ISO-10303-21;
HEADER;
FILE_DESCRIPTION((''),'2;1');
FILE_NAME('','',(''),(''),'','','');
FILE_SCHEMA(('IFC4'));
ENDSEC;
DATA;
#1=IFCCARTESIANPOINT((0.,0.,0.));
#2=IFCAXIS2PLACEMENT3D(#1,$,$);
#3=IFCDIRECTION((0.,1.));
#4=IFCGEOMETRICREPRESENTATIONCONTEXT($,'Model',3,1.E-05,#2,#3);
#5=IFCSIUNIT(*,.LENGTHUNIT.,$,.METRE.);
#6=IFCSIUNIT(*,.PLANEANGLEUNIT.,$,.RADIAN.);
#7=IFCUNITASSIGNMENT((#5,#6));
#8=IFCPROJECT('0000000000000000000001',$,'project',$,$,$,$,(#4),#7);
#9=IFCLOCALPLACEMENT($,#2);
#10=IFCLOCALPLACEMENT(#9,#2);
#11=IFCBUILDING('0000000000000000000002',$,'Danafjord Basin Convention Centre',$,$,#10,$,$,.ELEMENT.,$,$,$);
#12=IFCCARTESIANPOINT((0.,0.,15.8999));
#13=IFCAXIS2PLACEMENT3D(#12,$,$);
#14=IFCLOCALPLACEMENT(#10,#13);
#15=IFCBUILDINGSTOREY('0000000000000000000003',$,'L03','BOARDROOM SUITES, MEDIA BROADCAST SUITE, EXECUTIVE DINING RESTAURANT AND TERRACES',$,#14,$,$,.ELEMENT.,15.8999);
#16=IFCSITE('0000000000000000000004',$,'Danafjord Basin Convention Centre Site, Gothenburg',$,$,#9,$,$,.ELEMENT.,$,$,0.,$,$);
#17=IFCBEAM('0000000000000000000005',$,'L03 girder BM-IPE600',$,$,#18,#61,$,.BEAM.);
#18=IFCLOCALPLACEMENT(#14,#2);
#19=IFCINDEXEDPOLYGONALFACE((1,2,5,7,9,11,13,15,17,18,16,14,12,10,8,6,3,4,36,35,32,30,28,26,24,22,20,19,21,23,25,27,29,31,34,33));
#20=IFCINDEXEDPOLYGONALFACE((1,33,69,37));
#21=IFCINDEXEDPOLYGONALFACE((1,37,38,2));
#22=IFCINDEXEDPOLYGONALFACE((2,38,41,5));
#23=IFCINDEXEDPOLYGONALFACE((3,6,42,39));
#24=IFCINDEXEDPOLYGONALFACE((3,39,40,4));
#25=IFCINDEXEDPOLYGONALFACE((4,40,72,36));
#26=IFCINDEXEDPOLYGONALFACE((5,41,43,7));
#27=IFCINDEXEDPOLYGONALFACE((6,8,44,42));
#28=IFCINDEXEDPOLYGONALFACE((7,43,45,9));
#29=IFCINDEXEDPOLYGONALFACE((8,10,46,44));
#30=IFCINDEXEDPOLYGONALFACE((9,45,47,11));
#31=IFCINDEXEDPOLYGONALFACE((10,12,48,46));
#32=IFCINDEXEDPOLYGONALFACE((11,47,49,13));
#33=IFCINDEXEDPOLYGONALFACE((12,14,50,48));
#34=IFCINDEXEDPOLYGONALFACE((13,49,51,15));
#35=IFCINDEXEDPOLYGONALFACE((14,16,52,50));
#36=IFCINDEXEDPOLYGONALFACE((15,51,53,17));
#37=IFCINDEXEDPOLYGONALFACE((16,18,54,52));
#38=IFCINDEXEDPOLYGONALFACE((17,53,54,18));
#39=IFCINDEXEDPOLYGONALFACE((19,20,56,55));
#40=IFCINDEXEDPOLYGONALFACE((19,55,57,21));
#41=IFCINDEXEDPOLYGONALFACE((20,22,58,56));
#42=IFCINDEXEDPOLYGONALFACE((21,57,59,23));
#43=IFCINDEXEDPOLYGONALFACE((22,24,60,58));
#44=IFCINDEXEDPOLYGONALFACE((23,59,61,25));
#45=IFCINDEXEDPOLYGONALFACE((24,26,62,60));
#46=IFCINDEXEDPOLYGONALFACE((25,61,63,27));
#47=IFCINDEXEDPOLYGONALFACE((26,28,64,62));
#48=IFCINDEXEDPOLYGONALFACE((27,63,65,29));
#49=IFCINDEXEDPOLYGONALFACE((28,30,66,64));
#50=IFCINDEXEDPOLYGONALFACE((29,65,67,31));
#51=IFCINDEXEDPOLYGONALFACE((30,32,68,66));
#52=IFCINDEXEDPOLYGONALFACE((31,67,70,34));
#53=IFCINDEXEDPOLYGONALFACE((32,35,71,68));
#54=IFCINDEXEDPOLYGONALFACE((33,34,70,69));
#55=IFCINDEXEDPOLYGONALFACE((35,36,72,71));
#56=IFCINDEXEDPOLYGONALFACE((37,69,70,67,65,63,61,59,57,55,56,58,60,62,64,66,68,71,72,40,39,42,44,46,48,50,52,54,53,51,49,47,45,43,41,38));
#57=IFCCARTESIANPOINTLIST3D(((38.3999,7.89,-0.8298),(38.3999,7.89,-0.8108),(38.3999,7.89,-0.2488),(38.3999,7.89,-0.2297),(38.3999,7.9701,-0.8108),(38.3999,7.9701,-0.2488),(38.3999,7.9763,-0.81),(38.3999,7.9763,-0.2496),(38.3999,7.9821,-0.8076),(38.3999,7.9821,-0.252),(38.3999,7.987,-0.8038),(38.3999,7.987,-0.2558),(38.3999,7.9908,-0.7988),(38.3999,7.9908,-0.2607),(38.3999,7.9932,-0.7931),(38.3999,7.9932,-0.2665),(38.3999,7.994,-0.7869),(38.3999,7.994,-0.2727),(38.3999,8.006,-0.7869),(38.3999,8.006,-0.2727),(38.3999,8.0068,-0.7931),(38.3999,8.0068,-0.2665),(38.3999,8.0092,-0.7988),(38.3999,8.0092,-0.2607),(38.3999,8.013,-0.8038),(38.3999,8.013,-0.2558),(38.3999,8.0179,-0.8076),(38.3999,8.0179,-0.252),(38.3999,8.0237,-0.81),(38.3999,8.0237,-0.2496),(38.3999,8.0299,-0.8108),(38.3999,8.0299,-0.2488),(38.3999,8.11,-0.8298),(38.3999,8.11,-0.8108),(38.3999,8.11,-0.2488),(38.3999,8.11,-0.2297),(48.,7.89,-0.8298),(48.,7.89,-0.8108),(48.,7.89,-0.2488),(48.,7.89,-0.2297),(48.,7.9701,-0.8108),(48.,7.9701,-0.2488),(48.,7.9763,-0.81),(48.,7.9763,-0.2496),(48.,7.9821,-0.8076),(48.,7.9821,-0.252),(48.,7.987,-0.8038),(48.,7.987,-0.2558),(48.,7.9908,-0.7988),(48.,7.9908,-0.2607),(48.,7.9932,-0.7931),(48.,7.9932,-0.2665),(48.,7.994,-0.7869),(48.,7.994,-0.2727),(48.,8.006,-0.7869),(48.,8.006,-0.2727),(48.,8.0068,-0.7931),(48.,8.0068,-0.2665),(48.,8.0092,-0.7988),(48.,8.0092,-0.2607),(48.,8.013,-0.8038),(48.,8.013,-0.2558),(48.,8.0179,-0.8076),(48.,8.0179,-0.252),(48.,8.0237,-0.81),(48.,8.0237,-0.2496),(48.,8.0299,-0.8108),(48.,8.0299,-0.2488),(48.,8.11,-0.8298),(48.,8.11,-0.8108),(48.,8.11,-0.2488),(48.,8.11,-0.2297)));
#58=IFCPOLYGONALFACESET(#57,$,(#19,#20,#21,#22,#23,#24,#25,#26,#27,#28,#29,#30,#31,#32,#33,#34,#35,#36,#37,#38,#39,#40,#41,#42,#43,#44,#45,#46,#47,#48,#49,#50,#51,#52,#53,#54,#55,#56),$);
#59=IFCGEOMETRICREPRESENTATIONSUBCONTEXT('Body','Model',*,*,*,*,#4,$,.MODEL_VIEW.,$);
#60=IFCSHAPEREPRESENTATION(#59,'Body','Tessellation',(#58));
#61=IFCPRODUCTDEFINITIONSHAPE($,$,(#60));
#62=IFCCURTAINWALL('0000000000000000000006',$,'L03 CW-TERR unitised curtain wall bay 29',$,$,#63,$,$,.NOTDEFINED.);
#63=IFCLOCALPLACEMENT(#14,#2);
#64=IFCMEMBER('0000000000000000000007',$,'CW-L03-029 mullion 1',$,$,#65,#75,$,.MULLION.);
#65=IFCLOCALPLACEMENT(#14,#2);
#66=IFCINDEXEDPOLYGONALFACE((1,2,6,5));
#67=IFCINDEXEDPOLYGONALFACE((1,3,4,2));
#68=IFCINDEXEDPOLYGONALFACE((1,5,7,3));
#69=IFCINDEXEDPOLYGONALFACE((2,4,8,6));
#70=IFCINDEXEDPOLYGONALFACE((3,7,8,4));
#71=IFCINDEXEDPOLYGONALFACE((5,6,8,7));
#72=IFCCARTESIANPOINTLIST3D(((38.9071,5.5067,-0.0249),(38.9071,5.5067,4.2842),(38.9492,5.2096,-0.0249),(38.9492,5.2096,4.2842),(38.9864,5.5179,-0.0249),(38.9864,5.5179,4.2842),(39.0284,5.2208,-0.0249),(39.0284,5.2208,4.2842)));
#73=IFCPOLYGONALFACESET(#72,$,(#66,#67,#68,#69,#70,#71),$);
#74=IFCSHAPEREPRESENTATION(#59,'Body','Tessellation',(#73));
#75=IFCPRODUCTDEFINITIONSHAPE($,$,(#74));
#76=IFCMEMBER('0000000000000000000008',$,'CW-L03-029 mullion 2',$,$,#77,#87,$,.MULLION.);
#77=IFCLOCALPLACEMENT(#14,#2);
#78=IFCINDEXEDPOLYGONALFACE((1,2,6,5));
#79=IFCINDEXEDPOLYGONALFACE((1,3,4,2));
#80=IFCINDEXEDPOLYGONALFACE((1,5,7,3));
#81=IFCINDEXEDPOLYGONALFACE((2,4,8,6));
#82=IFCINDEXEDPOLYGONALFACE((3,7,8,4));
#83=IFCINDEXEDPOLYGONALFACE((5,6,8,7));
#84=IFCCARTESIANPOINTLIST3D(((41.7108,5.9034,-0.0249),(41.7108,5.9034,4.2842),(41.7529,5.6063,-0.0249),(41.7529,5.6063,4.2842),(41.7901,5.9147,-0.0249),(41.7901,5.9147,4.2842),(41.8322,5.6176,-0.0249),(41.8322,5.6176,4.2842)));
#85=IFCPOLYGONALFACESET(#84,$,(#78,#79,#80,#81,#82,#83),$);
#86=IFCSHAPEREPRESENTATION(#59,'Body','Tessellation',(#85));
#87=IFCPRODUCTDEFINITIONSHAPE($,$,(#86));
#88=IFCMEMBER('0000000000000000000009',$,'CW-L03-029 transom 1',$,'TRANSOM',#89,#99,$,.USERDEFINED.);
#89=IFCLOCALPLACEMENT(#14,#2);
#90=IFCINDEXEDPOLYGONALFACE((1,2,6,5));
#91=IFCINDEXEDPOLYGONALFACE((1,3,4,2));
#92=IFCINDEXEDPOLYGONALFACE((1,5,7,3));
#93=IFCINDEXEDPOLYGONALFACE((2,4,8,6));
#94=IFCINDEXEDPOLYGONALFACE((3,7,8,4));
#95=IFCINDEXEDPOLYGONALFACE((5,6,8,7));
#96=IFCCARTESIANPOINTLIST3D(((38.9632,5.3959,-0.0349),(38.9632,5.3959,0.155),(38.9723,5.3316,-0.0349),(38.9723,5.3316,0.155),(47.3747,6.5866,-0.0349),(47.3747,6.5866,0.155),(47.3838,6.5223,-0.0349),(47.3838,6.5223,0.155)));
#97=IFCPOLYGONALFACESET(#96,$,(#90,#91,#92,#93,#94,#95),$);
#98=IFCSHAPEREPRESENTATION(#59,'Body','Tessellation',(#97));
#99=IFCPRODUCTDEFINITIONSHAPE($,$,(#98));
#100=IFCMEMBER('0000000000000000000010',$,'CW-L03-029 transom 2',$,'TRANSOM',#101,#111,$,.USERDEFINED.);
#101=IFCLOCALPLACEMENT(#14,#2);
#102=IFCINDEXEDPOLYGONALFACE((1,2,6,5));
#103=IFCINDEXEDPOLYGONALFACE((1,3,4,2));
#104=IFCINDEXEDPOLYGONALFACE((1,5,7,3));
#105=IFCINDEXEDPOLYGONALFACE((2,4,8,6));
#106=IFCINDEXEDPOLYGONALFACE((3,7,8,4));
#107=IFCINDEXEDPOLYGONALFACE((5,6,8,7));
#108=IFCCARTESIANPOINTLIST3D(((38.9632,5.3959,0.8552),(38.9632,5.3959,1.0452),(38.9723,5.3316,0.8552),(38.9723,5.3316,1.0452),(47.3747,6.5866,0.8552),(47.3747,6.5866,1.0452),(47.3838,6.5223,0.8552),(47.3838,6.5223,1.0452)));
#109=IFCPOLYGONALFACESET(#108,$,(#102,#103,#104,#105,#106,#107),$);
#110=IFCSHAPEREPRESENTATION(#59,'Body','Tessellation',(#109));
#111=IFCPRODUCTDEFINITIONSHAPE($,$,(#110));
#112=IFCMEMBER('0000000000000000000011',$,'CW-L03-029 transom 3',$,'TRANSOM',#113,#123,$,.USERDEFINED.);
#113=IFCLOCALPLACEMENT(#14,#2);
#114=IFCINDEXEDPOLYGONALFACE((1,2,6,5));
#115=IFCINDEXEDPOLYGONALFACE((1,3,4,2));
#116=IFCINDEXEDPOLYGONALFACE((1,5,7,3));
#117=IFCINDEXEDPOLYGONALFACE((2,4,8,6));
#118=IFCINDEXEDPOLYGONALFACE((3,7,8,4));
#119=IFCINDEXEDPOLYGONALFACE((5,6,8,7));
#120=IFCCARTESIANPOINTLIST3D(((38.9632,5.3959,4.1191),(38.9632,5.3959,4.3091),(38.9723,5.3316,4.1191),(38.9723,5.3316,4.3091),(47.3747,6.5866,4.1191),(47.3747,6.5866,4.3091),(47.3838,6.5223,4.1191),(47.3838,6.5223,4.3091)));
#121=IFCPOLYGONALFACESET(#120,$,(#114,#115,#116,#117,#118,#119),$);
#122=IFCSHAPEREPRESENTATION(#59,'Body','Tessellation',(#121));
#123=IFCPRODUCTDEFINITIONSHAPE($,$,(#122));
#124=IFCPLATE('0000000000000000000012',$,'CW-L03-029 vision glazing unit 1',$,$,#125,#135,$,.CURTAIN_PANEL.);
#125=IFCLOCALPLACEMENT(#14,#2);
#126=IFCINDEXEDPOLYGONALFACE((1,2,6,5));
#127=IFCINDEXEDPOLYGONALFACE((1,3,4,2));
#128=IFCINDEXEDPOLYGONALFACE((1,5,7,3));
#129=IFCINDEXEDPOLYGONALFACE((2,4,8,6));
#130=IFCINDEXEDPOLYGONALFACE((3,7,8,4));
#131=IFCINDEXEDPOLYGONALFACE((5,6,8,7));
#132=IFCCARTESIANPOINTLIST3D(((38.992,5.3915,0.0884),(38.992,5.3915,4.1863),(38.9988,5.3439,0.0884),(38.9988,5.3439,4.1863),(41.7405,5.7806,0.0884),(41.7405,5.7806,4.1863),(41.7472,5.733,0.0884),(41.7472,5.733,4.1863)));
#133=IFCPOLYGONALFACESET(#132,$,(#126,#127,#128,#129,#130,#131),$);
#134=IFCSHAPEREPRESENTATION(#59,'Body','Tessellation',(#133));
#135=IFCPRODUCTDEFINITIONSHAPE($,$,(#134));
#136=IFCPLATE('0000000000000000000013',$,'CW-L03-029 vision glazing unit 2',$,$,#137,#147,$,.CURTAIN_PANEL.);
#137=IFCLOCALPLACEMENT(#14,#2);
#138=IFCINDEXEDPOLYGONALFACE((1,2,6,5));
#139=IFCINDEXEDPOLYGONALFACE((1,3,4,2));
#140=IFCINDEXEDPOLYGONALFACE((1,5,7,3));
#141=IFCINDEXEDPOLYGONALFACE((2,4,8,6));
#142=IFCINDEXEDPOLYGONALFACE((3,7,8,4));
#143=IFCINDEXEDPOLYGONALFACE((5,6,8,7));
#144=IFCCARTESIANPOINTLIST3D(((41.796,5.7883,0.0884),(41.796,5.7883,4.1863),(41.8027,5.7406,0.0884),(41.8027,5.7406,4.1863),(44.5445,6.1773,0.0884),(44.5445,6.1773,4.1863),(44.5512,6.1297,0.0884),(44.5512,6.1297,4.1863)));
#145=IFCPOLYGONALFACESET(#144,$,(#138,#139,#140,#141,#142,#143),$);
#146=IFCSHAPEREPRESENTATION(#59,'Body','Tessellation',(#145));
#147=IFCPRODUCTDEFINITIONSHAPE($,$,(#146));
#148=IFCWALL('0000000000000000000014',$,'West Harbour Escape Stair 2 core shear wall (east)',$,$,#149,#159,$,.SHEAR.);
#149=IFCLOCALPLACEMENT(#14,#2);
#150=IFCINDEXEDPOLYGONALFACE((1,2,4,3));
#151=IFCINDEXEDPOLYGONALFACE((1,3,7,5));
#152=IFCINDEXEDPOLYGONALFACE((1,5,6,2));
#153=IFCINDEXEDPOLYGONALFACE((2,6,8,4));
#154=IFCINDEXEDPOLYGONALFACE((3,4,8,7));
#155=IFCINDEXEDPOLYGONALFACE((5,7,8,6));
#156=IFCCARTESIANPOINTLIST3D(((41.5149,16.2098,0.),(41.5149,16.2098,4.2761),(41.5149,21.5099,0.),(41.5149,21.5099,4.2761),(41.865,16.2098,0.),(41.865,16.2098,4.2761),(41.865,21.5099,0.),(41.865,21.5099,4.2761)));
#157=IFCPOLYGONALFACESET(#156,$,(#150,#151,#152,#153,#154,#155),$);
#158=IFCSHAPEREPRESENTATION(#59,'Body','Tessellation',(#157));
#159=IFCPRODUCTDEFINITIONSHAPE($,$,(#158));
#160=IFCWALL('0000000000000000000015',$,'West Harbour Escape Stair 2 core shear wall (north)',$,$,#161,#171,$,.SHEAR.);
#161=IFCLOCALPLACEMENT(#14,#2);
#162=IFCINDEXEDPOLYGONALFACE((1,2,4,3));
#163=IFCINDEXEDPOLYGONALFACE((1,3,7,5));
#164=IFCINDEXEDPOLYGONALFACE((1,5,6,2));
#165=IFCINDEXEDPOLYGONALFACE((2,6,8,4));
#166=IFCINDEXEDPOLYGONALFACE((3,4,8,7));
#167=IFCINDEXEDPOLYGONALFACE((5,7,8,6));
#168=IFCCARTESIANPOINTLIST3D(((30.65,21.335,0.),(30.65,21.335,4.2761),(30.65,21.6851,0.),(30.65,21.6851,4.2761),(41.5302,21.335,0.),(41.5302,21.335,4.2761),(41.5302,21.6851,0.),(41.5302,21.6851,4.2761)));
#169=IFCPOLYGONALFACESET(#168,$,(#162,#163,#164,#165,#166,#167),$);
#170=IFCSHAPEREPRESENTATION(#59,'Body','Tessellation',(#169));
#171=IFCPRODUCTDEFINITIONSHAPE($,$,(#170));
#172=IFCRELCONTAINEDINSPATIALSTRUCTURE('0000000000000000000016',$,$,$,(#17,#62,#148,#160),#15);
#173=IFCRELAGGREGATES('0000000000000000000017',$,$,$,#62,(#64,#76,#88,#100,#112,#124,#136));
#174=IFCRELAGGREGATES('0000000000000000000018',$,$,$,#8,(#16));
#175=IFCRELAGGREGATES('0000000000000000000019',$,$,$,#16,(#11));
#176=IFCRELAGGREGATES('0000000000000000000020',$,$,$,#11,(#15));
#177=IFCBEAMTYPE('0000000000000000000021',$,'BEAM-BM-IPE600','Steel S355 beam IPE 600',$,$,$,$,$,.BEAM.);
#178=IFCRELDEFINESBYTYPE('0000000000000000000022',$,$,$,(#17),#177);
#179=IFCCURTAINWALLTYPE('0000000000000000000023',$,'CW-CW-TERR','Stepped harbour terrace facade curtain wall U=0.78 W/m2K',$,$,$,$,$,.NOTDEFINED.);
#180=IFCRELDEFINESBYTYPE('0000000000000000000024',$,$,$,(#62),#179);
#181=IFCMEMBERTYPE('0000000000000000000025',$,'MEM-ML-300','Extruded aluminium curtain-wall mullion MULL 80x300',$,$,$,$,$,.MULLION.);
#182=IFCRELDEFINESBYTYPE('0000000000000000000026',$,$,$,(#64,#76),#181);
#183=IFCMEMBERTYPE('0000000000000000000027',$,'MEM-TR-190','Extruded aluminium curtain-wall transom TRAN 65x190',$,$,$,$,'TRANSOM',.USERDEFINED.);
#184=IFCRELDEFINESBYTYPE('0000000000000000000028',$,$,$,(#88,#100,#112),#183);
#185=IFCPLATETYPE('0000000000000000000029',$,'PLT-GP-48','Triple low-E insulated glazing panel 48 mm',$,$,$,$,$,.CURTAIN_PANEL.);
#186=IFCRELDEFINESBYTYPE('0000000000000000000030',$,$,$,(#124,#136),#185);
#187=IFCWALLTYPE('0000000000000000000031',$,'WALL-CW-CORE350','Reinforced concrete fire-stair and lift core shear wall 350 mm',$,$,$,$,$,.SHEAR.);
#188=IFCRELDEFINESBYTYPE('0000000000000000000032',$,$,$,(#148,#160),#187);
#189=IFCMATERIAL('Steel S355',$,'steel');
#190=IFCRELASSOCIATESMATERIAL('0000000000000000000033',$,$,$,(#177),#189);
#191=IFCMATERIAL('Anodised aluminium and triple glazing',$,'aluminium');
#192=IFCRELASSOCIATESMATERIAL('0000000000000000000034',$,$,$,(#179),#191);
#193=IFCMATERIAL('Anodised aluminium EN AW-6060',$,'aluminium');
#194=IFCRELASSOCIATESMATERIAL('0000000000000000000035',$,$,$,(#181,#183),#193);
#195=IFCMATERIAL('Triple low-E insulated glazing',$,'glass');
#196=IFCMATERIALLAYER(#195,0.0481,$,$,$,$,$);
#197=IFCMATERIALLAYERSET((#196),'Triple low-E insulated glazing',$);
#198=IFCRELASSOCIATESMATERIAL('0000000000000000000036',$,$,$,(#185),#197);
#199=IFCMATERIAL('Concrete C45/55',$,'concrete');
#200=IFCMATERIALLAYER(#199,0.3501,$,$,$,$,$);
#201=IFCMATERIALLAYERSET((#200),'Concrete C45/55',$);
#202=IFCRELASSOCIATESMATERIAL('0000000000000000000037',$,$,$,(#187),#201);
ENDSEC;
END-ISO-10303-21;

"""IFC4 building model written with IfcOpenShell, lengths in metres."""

from ifc_helpers import new_model, si_unit, direction, frame, frame_2d, origin, origin_2d, place, context, subcontext, project, spatial, rectangle, i_section, extrude, material, layer, layer_set, material_profile, profile_set, type_object, element, aggregate, save


model = new_model("IFC4")

# Units and contexts
model_context = context("Model", 3, precision=1e-05, world=origin(), true_north=direction((0.0, 1.0)))
body_context = subcontext(model_context, "Body", "Model", "MODEL_VIEW")
ifc_project = project(units=[si_unit("LENGTHUNIT", "METRE"), si_unit("PLANEANGLEUNIT", "RADIAN")], contexts=[model_context])

# Site, building, storey
site_placement = place(None, origin())
site = spatial("IfcSite", under=ifc_project, at=site_placement, Name="Danafjord Basin Convention Centre Site, Gothenburg", CompositionType="ELEMENT", RefElevation=0.0)
building_placement = place(site_placement, origin())
building = spatial("IfcBuilding", under=site, at=building_placement, Name="Danafjord Basin Convention Centre", CompositionType="ELEMENT")
storey_placement = place(building_placement, frame((0.0, 0.0, 15.8999)))
storey = spatial("IfcBuildingStorey", under=building, at=storey_placement, Name="L03", Description="BOARDROOM SUITES, MEDIA BROADCAST SUITE, EXECUTIVE DINING RESTAURANT AND TERRACES", CompositionType="ELEMENT", Elevation=15.8999)

# Shared definitions
ifc_material_1 = material(Name="Steel S355", Category="steel")

# Beam
ifc_material_profile_1 = material_profile(ifc_material_1, i_section(OverallWidth=0.22, OverallDepth=0.6001, WebThickness=0.012, FlangeThickness=0.019, FilletRadius=0.0239, at=origin_2d()), Name="IPE 600")
ifc_profile_set_1 = profile_set([ifc_material_profile_1], Name="Steel S355")
beam_type_1 = type_object("IfcBeamType", Name="BEAM-BM-IPE600", Description="Steel S355 beam IPE 600", PredefinedType="BEAM", material=ifc_profile_set_1)
beam_1_placement = place(storey_placement, frame((38.3999, 8.0, -0.5298), z_axis=(1.0, 0.0, 0.0), x_axis=(0.0, 1.0, 0.0)))
element("IfcBeam", 1, at=beam_1_placement, inside=storey, type_object=beam_type_1, Name="L03 girder BM-IPE600", PredefinedType="BEAM", context=body_context, shape_type="SweptSolid", body=[
    extrude(i_section(OverallWidth=0.22, OverallDepth=0.6001, WebThickness=0.012, FlangeThickness=0.019, FilletRadius=0.0239, at=origin_2d()), origin(), (0.0, 0.0, 1.0), 9.6001),
])

# Curtain wall, members, plates
ifc_material_2 = material(Name="Anodised aluminium and triple glazing", Category="aluminium")
curtain_wall_type = type_object("IfcCurtainWallType", Name="CW-CW-TERR", Description="Stepped harbour terrace facade curtain wall U=0.78 W/m2K", PredefinedType="NOTDEFINED", material=ifc_material_2)
curtain_wall_placement = place(storey_placement, origin())
curtain_wall = element("IfcCurtainWall", 2, at=curtain_wall_placement, inside=storey, type_object=curtain_wall_type, Name="L03 CW-TERR unitised curtain wall bay 29", PredefinedType="NOTDEFINED")
ifc_material_3 = material(Name="Anodised aluminium EN AW-6060", Category="aluminium")
ifc_material_profile_2 = material_profile(ifc_material_3, rectangle(XDim=0.0801, YDim=0.3, at=origin_2d()), Name="MULL 80x300")
ifc_profile_set_2 = profile_set([ifc_material_profile_2], Name="Anodised aluminium EN AW-6060")
member_type_1 = type_object("IfcMemberType", Name="MEM-ML-300", Description="Extruded aluminium curtain-wall mullion MULL 80x300", PredefinedType="MULLION", material=ifc_profile_set_2)
member_1_placement = place(storey_placement, frame((38.9678, 5.3638, -0.0249), z_axis=(0.0, 0.0, 1.0), x_axis=(0.990128, 0.140165, 0.0)))
member_1 = element("IfcMember", 3, at=member_1_placement, type_object=member_type_1, Name="CW-L03-029 mullion 1", PredefinedType="MULLION", context=body_context, shape_type="SweptSolid", body=[
    extrude(rectangle(XDim=0.0801, YDim=0.3, at=origin_2d()), origin(), (0.0, 0.0, 1.0), 4.3091),
])
member_2_placement = place(storey_placement, frame((41.7715, 5.7605, -0.0249), z_axis=(0.0, 0.0, 1.0), x_axis=(0.990128, 0.140165, 0.0)))
member_2 = element("IfcMember", 4, at=member_2_placement, type_object=member_type_1, Name="CW-L03-029 mullion 2", PredefinedType="MULLION", context=body_context, shape_type="SweptSolid", body=[
    extrude(rectangle(XDim=0.0801, YDim=0.3, at=origin_2d()), origin(), (0.0, 0.0, 1.0), 4.3091),
])
ifc_material_profile_3 = material_profile(ifc_material_3, rectangle(XDim=0.0649, YDim=0.1899, at=origin_2d()), Name="TRAN 65x190")
ifc_profile_set_3 = profile_set([ifc_material_profile_3], Name="Anodised aluminium EN AW-6060")
member_type_2 = type_object("IfcMemberType", Name="MEM-TR-190", Description="Extruded aluminium curtain-wall transom TRAN 65x190", ElementType="TRANSOM", PredefinedType="USERDEFINED", material=ifc_profile_set_3)
member_3_placement = place(storey_placement, frame((38.9678, 5.3638, 0.0601), z_axis=(0.99013, 0.140154, 0.0), x_axis=(-0.140154, 0.99013, 0.0)))
member_3 = element("IfcMember", 5, at=member_3_placement, type_object=member_type_2, Name="CW-L03-029 transom 1", ObjectType="TRANSOM", PredefinedType="USERDEFINED", context=body_context, shape_type="SweptSolid", body=[
    extrude(rectangle(XDim=0.0649, YDim=0.1899, at=origin_2d()), origin(), (0.0, 0.0, 1.0), 8.4954),
])
member_4_placement = place(storey_placement, frame((38.9678, 5.3638, 0.9502), z_axis=(0.99013, 0.140154, 0.0), x_axis=(-0.140154, 0.99013, 0.0)))
member_4 = element("IfcMember", 6, at=member_4_placement, type_object=member_type_2, Name="CW-L03-029 transom 2", ObjectType="TRANSOM", PredefinedType="USERDEFINED", context=body_context, shape_type="SweptSolid", body=[
    extrude(rectangle(XDim=0.0649, YDim=0.1899, at=origin_2d()), origin(), (0.0, 0.0, 1.0), 8.4954),
])
member_5_placement = place(storey_placement, frame((38.9678, 5.3638, 4.2141), z_axis=(0.99013, 0.140154, 0.0), x_axis=(-0.140154, 0.99013, 0.0)))
member_5 = element("IfcMember", 7, at=member_5_placement, type_object=member_type_2, Name="CW-L03-029 transom 3", ObjectType="TRANSOM", PredefinedType="USERDEFINED", context=body_context, shape_type="SweptSolid", body=[
    extrude(rectangle(XDim=0.0649, YDim=0.1899, at=origin_2d()), origin(), (0.0, 0.0, 1.0), 8.4954),
])
ifc_material_4 = material(Name="Triple low-E insulated glazing", Category="glass")
ifc_layer_1 = layer(ifc_material_4, 0.0481)
ifc_layer_set_1 = layer_set([ifc_layer_1], Name="Triple low-E insulated glazing")
plate_type = type_object("IfcPlateType", Name="PLT-GP-48", Description="Triple low-E insulated glazing panel 48 mm", PredefinedType="CURTAIN_PANEL", material=ifc_layer_set_1)
plate_1_placement = place(storey_placement, frame((40.3696, 5.5623, 0.0884), z_axis=(0.0, 0.0, 1.0), x_axis=(0.990128, 0.140165, 0.0)))
plate_1 = element("IfcPlate", 8, at=plate_1_placement, type_object=plate_type, Name="CW-L03-029 vision glazing unit 1", PredefinedType="CURTAIN_PANEL", context=body_context, shape_type="SweptSolid", body=[
    extrude(rectangle(XDim=2.7759, YDim=0.0481, at=origin_2d()), origin(), (0.0, 0.0, 1.0), 4.0979),
])
plate_2_placement = place(storey_placement, frame((43.1736, 5.959, 0.0884), z_axis=(0.0, 0.0, 1.0), x_axis=(0.990128, 0.140165, 0.0)))
plate_2 = element("IfcPlate", 9, at=plate_2_placement, type_object=plate_type, Name="CW-L03-029 vision glazing unit 2", PredefinedType="CURTAIN_PANEL", context=body_context, shape_type="SweptSolid", body=[
    extrude(rectangle(XDim=2.7759, YDim=0.0481, at=origin_2d()), origin(), (0.0, 0.0, 1.0), 4.0979),
])
aggregate(curtain_wall, [member_1, member_2, member_3, member_4, member_5, plate_1, plate_2])

# Walls
ifc_material_5 = material(Name="Concrete C45/55", Category="concrete")
ifc_layer_2 = layer(ifc_material_5, 0.3501)
ifc_layer_set_2 = layer_set([ifc_layer_2], Name="Concrete C45/55")
wall_type = type_object("IfcWallType", Name="WALL-CW-CORE350", Description="Reinforced concrete fire-stair and lift core shear wall 350 mm", PredefinedType="SHEAR", material=ifc_layer_set_2)
wall_1_placement = place(storey_placement, frame((41.6899, 16.21, 0.0), z_axis=(0.0, 0.0, 1.0), x_axis=(0.0, 1.0, 0.0)))
element("IfcWall", 10, at=wall_1_placement, inside=storey, type_object=wall_type, Name="West Harbour Escape Stair 2 core shear wall (east)", PredefinedType="SHEAR", context=body_context, shape_type="SweptSolid", body=[
    extrude(rectangle(XDim=5.3, YDim=0.3501, at=frame_2d((2.6499, 0.0))), origin(), (0.0, 0.0, 1.0), 4.2761),
])
wall_2_placement = place(storey_placement, frame((41.53, 21.51, 0.0), z_axis=(0.0, 0.0, 1.0), x_axis=(-1.0, 0.0, 0.0)))
element("IfcWall", 11, at=wall_2_placement, inside=storey, type_object=wall_type, Name="West Harbour Escape Stair 2 core shear wall (north)", PredefinedType="SHEAR", context=body_context, shape_type="SweptSolid", body=[
    extrude(rectangle(XDim=10.8801, YDim=0.3501, at=frame_2d((5.4399, 0.0))), origin(), (0.0, 0.0, 1.0), 4.2761),
])

save(model, "model.ifc")
